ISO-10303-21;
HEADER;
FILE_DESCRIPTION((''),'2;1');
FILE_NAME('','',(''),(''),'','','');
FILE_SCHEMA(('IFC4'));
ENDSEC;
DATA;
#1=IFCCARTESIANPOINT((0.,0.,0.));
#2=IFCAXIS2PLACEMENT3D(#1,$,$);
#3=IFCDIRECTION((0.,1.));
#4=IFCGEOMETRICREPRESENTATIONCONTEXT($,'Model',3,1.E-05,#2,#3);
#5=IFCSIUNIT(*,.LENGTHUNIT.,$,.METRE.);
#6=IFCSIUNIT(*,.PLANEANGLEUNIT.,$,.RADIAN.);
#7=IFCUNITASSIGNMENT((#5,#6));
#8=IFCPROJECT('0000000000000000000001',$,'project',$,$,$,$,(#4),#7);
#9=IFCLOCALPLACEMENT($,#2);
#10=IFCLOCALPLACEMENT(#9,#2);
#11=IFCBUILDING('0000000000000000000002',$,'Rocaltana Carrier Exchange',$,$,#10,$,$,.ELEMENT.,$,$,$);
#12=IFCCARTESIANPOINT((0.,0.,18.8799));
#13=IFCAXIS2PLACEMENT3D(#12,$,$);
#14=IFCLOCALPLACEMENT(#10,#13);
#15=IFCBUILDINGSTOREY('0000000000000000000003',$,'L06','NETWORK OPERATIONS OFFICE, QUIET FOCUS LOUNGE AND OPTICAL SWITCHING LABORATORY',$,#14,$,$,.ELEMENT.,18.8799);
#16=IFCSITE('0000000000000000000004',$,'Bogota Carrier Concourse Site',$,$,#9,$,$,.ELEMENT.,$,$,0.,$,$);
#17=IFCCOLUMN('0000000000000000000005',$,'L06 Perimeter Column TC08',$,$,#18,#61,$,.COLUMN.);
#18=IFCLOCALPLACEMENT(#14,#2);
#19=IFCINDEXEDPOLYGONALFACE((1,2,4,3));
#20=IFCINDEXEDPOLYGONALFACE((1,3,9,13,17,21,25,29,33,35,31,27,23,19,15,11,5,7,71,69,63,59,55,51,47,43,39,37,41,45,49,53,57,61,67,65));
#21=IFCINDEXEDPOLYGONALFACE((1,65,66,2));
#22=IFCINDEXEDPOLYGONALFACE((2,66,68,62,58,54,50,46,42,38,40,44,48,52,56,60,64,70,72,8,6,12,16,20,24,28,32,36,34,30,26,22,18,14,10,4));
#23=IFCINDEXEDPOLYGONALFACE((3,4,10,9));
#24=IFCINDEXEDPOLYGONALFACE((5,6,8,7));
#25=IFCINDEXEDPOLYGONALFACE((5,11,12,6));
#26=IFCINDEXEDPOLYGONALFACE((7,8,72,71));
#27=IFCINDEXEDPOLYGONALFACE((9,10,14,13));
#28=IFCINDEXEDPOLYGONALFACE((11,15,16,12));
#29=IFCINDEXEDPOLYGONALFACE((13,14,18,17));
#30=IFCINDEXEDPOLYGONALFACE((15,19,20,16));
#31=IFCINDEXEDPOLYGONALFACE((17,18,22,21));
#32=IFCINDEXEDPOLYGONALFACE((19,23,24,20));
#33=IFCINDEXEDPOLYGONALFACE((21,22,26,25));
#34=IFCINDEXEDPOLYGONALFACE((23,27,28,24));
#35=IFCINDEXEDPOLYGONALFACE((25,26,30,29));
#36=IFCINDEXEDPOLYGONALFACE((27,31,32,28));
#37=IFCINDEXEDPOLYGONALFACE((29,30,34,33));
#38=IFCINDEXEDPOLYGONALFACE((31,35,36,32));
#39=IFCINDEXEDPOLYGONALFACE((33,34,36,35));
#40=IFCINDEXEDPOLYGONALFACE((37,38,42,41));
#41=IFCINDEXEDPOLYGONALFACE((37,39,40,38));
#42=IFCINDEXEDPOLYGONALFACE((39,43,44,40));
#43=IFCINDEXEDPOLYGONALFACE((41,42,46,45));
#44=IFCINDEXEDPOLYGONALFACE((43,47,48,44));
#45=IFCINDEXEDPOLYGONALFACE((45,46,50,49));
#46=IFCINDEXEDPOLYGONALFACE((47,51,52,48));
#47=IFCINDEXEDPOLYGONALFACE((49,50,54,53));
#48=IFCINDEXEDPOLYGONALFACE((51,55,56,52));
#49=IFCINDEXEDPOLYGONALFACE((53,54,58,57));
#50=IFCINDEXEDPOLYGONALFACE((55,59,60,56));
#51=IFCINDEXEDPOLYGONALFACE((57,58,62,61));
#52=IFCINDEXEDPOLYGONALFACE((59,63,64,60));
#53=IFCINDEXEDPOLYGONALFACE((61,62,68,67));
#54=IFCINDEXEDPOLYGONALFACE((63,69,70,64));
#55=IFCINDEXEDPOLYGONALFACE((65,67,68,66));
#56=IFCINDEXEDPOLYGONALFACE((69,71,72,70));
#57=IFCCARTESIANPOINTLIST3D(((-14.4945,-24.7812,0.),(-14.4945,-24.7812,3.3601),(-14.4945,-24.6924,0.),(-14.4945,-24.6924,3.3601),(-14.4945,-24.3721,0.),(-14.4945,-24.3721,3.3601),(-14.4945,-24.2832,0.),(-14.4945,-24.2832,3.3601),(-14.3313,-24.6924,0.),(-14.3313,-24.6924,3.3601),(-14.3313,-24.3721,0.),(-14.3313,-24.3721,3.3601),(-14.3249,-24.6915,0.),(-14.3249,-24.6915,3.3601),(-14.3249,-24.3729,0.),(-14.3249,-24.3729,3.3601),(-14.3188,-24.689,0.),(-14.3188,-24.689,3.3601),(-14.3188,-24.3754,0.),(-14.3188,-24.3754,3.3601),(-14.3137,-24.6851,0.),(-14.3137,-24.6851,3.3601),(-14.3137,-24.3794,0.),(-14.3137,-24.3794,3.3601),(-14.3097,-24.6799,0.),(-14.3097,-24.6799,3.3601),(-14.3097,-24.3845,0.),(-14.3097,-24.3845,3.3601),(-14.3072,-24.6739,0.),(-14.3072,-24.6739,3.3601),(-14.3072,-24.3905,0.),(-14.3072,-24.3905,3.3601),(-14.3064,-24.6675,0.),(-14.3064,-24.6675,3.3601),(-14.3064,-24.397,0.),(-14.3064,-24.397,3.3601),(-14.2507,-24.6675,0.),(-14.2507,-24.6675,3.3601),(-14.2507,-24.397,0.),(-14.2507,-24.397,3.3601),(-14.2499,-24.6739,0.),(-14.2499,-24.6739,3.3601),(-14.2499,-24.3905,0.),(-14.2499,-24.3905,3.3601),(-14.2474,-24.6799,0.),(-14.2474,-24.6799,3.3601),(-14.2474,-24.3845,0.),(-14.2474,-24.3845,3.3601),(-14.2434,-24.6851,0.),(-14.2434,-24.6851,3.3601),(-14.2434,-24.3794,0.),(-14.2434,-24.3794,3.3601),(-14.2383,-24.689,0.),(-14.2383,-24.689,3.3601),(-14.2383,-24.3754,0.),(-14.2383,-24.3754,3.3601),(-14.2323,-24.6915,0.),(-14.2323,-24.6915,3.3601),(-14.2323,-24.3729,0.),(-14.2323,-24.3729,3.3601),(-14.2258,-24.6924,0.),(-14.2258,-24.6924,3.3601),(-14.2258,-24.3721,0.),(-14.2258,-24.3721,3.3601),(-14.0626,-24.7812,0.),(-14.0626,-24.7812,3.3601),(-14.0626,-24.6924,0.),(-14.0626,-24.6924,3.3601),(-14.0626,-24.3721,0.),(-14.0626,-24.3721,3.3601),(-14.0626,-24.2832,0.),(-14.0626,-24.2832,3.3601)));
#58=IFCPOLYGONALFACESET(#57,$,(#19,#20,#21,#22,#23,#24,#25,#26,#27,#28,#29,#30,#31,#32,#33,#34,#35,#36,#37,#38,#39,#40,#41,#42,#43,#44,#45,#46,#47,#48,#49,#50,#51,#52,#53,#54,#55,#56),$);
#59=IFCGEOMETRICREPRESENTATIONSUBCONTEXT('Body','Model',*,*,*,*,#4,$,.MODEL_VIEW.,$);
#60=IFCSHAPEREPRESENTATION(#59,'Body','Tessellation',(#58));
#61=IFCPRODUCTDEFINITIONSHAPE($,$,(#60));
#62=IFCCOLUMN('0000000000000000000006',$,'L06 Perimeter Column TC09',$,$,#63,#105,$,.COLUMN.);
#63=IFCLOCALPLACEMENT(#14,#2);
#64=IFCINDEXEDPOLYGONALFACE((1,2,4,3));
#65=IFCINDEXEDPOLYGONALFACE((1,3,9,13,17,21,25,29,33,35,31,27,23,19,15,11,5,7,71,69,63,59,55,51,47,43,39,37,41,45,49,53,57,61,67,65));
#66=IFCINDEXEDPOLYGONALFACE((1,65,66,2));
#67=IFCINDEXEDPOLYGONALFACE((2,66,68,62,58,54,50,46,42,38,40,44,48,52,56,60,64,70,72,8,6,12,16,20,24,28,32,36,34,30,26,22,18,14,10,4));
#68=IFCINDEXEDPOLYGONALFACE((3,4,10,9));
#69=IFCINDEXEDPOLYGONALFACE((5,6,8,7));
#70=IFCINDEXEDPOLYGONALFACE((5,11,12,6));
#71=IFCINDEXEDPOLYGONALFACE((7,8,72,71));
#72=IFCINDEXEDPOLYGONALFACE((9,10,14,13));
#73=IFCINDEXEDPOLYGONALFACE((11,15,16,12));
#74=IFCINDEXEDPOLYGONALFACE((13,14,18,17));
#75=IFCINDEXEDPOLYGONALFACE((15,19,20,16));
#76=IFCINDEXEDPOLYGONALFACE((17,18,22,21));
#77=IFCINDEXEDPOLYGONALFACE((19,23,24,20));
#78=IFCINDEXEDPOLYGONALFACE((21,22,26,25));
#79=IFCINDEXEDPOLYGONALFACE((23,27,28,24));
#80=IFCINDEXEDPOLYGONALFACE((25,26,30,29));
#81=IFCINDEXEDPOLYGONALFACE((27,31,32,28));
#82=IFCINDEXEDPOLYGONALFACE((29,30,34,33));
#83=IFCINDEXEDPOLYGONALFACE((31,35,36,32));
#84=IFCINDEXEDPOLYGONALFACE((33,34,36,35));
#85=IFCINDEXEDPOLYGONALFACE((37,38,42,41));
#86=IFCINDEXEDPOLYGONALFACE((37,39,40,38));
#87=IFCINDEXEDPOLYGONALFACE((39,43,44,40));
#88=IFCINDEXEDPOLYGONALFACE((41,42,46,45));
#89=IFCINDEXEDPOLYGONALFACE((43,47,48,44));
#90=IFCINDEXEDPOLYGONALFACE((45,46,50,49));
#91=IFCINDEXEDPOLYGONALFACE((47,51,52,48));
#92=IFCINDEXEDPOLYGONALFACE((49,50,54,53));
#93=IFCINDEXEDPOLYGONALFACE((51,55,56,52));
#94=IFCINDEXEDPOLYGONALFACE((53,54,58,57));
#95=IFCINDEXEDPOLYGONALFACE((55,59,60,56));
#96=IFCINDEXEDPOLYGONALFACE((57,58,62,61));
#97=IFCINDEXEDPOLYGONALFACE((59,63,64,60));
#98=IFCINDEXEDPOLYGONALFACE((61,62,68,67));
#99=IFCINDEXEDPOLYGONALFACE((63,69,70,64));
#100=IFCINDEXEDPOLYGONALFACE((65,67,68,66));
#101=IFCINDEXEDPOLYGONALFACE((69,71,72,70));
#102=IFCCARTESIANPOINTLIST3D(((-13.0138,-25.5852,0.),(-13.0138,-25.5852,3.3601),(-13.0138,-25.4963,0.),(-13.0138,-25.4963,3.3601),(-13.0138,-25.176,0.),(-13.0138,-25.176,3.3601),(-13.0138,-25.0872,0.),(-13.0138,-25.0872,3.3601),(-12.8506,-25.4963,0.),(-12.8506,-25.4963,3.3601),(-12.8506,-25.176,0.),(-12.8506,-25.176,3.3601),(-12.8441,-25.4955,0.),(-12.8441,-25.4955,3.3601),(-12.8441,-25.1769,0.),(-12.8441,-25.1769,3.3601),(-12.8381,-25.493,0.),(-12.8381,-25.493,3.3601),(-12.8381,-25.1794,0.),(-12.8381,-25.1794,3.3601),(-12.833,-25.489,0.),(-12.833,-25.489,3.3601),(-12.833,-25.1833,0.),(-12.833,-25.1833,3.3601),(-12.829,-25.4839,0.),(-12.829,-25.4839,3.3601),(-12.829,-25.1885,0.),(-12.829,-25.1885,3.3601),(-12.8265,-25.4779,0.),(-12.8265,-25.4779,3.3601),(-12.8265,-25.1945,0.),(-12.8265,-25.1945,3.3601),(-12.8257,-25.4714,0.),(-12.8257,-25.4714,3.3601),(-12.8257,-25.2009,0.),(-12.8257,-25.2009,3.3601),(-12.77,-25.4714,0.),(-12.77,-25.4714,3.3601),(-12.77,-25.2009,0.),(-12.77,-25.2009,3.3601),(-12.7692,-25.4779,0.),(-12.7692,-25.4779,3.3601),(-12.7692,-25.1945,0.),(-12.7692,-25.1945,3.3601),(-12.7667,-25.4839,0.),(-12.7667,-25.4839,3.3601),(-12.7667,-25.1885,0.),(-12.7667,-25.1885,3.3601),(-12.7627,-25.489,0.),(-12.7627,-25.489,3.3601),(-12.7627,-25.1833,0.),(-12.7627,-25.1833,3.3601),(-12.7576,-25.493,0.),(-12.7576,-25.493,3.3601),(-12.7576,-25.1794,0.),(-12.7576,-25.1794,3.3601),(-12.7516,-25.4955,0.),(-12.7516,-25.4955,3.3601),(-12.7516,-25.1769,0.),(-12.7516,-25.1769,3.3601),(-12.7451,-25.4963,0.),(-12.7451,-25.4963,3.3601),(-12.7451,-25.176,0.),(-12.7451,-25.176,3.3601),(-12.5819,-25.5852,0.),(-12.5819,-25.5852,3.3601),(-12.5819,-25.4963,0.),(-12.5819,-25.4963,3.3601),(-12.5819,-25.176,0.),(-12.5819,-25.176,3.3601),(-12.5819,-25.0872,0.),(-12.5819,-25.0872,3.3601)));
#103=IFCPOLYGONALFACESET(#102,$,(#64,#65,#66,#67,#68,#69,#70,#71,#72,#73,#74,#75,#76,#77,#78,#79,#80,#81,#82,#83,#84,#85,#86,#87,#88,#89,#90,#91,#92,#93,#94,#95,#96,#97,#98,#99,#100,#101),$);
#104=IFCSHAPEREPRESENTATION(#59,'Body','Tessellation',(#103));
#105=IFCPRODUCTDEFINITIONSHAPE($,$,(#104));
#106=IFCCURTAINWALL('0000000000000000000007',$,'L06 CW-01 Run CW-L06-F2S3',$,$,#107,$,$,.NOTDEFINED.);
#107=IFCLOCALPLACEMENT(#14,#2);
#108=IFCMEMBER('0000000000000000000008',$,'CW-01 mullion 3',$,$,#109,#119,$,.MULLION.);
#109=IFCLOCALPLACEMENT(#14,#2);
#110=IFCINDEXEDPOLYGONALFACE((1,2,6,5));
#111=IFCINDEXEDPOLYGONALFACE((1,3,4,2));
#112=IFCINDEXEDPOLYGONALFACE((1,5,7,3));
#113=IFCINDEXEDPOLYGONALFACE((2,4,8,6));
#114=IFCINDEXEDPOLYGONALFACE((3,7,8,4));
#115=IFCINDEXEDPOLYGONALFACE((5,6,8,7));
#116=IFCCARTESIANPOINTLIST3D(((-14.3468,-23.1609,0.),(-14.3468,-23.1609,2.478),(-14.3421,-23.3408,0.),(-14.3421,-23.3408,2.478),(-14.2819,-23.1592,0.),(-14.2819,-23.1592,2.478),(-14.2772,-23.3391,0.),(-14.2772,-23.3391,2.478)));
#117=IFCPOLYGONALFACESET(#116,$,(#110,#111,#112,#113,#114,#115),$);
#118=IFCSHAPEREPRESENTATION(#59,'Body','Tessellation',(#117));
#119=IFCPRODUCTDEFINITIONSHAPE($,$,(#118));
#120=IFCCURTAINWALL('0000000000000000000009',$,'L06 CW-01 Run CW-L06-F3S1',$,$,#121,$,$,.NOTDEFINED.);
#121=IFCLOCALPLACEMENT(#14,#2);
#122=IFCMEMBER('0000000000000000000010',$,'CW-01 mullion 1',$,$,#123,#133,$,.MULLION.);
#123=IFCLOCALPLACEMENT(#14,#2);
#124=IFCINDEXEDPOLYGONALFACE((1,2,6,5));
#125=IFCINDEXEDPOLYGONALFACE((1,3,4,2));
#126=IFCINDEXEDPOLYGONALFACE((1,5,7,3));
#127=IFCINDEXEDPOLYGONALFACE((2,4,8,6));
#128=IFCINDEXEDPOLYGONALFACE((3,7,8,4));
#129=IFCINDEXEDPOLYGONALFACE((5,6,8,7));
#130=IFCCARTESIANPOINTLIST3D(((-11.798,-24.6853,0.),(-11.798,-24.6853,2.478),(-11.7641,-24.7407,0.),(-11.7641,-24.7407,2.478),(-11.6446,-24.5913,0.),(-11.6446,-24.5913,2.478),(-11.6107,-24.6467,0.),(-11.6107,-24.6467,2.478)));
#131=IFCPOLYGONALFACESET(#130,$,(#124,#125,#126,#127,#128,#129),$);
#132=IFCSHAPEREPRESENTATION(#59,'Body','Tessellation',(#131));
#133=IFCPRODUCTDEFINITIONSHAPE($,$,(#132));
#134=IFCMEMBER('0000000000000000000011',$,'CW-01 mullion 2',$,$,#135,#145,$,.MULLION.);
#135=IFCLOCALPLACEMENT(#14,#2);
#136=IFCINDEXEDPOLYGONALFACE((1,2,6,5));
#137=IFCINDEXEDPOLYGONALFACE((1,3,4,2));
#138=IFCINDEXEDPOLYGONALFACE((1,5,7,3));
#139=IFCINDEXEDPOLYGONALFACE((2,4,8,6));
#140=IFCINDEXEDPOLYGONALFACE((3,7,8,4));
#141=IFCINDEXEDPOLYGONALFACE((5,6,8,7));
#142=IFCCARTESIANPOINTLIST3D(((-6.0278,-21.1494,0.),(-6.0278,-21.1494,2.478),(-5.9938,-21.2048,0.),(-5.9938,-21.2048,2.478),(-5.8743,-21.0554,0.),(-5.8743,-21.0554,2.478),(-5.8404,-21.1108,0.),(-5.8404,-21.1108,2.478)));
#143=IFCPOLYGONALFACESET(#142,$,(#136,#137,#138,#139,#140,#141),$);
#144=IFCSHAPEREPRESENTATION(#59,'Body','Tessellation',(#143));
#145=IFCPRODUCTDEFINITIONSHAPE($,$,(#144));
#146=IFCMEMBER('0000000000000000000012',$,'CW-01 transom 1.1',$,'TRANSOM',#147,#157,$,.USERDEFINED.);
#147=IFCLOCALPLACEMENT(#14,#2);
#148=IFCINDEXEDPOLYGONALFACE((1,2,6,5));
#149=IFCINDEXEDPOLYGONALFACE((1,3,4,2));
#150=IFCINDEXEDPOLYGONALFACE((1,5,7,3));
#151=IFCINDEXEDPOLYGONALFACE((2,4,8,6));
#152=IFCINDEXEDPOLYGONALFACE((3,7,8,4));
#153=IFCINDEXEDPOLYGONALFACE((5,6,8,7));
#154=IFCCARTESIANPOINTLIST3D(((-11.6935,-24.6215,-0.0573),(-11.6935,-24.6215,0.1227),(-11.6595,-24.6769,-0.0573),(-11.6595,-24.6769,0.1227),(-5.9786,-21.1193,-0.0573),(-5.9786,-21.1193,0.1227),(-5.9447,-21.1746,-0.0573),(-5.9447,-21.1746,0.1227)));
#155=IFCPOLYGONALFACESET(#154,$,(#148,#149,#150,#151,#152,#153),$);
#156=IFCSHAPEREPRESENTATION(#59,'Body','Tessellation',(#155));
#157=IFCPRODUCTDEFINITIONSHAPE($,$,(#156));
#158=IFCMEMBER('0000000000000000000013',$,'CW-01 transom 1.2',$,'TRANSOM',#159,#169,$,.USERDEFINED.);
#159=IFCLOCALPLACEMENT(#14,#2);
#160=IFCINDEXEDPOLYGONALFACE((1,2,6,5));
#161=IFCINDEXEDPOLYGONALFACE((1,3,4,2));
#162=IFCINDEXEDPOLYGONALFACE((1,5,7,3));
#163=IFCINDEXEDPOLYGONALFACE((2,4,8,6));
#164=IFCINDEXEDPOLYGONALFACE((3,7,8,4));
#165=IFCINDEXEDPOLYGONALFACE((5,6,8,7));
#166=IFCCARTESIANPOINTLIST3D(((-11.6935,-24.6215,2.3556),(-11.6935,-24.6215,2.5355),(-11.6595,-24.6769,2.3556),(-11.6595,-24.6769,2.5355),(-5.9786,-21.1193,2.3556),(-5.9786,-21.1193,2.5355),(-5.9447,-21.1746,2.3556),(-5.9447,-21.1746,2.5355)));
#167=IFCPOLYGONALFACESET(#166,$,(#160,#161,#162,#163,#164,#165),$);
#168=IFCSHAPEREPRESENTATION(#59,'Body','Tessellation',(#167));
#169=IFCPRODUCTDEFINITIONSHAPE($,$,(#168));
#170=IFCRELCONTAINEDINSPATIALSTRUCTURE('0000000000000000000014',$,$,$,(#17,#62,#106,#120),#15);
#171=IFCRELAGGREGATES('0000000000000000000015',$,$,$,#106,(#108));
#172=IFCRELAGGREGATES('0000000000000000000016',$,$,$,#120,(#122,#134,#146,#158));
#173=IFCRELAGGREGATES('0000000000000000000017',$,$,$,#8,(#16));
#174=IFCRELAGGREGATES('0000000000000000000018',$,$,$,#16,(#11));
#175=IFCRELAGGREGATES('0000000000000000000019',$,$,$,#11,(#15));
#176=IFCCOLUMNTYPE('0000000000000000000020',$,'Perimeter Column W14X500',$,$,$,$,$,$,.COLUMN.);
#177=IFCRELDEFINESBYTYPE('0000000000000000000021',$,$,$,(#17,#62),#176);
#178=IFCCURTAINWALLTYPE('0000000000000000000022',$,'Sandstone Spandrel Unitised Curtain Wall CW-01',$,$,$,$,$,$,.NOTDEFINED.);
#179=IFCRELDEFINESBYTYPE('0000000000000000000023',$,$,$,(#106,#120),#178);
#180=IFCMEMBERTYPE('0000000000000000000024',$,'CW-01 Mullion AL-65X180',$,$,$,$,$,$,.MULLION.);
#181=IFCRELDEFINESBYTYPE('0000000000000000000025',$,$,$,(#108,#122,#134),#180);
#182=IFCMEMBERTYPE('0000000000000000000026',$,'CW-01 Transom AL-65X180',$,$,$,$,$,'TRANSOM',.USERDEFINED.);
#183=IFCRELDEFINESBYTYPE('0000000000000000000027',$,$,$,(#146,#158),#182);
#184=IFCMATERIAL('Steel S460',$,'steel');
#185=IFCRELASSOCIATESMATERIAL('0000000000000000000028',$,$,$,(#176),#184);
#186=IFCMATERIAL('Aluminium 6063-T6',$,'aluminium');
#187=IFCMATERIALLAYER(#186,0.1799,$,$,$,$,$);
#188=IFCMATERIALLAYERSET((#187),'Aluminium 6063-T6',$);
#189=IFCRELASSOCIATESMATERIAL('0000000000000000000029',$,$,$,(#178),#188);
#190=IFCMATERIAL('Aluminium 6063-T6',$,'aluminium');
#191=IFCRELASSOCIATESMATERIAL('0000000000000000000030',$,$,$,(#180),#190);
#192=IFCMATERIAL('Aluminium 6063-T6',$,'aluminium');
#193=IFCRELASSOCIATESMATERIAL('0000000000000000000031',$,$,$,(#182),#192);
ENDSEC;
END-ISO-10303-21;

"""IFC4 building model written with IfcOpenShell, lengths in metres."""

from ifc_helpers import new_model, si_unit, direction, frame, origin, origin_2d, place, context, subcontext, project, spatial, rectangle, i_section, extrude, material, layer, layer_set, material_profile, profile_set, type_object, element, aggregate, save


model = new_model("IFC4")

# Units and contexts
model_context = context("Model", 3, precision=1e-05, world=origin(), true_north=direction((0.0, 1.0)))
body_context = subcontext(model_context, "Body", "Model", "MODEL_VIEW")
ifc_project = project(units=[si_unit("LENGTHUNIT", "METRE"), si_unit("PLANEANGLEUNIT", "RADIAN")], contexts=[model_context])

# Site, building, storey
site_placement = place(None, origin())
site = spatial("IfcSite", under=ifc_project, at=site_placement, Name="Bogota Carrier Concourse Site", CompositionType="ELEMENT", RefElevation=0.0)
building_placement = place(site_placement, origin())
building = spatial("IfcBuilding", under=site, at=building_placement, Name="Rocaltana Carrier Exchange", CompositionType="ELEMENT")
storey_placement = place(building_placement, frame((0.0, 0.0, 18.8799)))
storey = spatial("IfcBuildingStorey", under=building, at=storey_placement, Name="L06", Description="NETWORK OPERATIONS OFFICE, QUIET FOCUS LOUNGE AND OPTICAL SWITCHING LABORATORY", CompositionType="ELEMENT", Elevation=18.8799)

# Columns
ifc_material_1 = material(Name="Steel S460", Category="steel")
ifc_material_profile_1 = material_profile(ifc_material_1, i_section(OverallWidth=0.4319, OverallDepth=0.498, WebThickness=0.0557, FlangeThickness=0.0889, FilletRadius=0.0249, at=origin_2d()), Name="W14X500")
ifc_profile_set_1 = profile_set([ifc_material_profile_1], Name="Steel S460")
column_type = type_object("IfcColumnType", Name="Perimeter Column W14X500", PredefinedType="COLUMN", material=ifc_profile_set_1)
for number, where, z_axis, x_axis, name in (
    (1, (-14.2786, -24.5322, 0.0), (0.0, 0.0, 1.0), (1.0, 0.0, 0.0), "L06 Perimeter Column TC08"),
    (2, (-12.7979, -25.3362, 0.0), (0.0, 0.0, 1.0), (1.0, 0.0, 0.0), "L06 Perimeter Column TC09"),
):
    element("IfcColumn", number, at=place(storey_placement, frame(where, z_axis=z_axis, x_axis=x_axis)), inside=storey, type_object=column_type, Name=name, PredefinedType="COLUMN", context=body_context, shape_type="SweptSolid", body=[
        extrude(i_section(OverallWidth=0.4319, OverallDepth=0.498, WebThickness=0.0557, FlangeThickness=0.0889, FilletRadius=0.0249, at=origin_2d()), origin(), (0.0, 0.0, 1.0), 3.3601),
    ])

# Curtain wall, member
ifc_material_2 = material(Name="Aluminium 6063-T6", Category="aluminium")
ifc_layer_1 = layer(ifc_material_2, 0.1799)
ifc_layer_set_1 = layer_set([ifc_layer_1], Name="Aluminium 6063-T6")
curtain_wall_type = type_object("IfcCurtainWallType", Name="Sandstone Spandrel Unitised Curtain Wall CW-01", PredefinedType="NOTDEFINED", material=ifc_layer_set_1)
curtain_wall_1_placement = place(storey_placement, origin())
curtain_wall_1 = element("IfcCurtainWall", 3, at=curtain_wall_1_placement, inside=storey, type_object=curtain_wall_type, Name="L06 CW-01 Run CW-L06-F2S3", PredefinedType="NOTDEFINED")
ifc_material_3 = material(Name="Aluminium 6063-T6", Category="aluminium")
ifc_material_profile_2 = material_profile(ifc_material_3, rectangle(XDim=0.0649, YDim=0.1799, at=origin_2d()), Name="AL-65X180")
ifc_profile_set_2 = profile_set([ifc_material_profile_2], Name="Aluminium 6063-T6")
member_type_1 = type_object("IfcMemberType", Name="CW-01 Mullion AL-65X180", PredefinedType="MULLION", material=ifc_profile_set_2)
member_1_placement = place(storey_placement, frame((-14.312, -23.25, 0.0), z_axis=(0.0, 0.0, 1.0), x_axis=(0.999657, 0.026184, 0.0)))
member_1 = element("IfcMember", 4, at=member_1_placement, type_object=member_type_1, Name="CW-01 mullion 3", PredefinedType="MULLION", context=body_context, shape_type="SweptSolid", body=[
    extrude(rectangle(XDim=0.0649, YDim=0.1799, at=origin_2d()), origin(), (0.0, 0.0, 1.0), 2.478),
])
aggregate(curtain_wall_1, [member_1])

# Curtain wall, members
curtain_wall_2_placement = place(storey_placement, origin())
curtain_wall_2 = element("IfcCurtainWall", 5, at=curtain_wall_2_placement, inside=storey, type_object=curtain_wall_type, Name="L06 CW-01 Run CW-L06-F3S1", PredefinedType="NOTDEFINED")
member_2_placement = place(storey_placement, frame((-11.7043, -24.666, 0.0), z_axis=(0.0, 0.0, 1.0), x_axis=(-0.522505, 0.852636, 0.0)))
member_2 = element("IfcMember", 6, at=member_2_placement, type_object=member_type_1, Name="CW-01 mullion 1", PredefinedType="MULLION", context=body_context, shape_type="SweptSolid", body=[
    extrude(rectangle(XDim=0.0649, YDim=0.1799, at=origin_2d()), origin(), (0.0, 0.0, 1.0), 2.478),
])
member_3_placement = place(storey_placement, frame((-5.9341, -21.1301, 0.0), z_axis=(0.0, 0.0, 1.0), x_axis=(-0.522505, 0.852636, 0.0)))
member_3 = element("IfcMember", 7, at=member_3_placement, type_object=member_type_1, Name="CW-01 mullion 2", PredefinedType="MULLION", context=body_context, shape_type="SweptSolid", body=[
    extrude(rectangle(XDim=0.0649, YDim=0.1799, at=origin_2d()), origin(), (0.0, 0.0, 1.0), 2.478),
])
ifc_material_4 = material(Name="Aluminium 6063-T6", Category="aluminium")
ifc_material_profile_3 = material_profile(ifc_material_4, rectangle(XDim=0.0649, YDim=0.1799, at=origin_2d()), Name="AL-65X180")
ifc_profile_set_3 = profile_set([ifc_material_profile_3], Name="Aluminium 6063-T6")
member_type_2 = type_object("IfcMemberType", Name="CW-01 Transom AL-65X180", ElementType="TRANSOM", PredefinedType="USERDEFINED", material=ifc_profile_set_3)
member_4_placement = place(storey_placement, frame((-11.6765, -24.6492, 0.0327), z_axis=(0.852631, 0.522513, 0.0), x_axis=(-0.522513, 0.852631, 0.0)))
member_4 = element("IfcMember", 8, at=member_4_placement, type_object=member_type_2, Name="CW-01 transom 1.1", ObjectType="TRANSOM", PredefinedType="USERDEFINED", context=body_context, shape_type="SweptSolid", body=[
    extrude(rectangle(XDim=0.0649, YDim=0.1799, at=origin_2d()), origin(), (0.0, 0.0, 1.0), 6.7026),
])
member_5_placement = place(storey_placement, frame((-11.6765, -24.6492, 2.4456), z_axis=(0.852631, 0.522513, 0.0), x_axis=(-0.522513, 0.852631, 0.0)))
member_5 = element("IfcMember", 9, at=member_5_placement, type_object=member_type_2, Name="CW-01 transom 1.2", ObjectType="TRANSOM", PredefinedType="USERDEFINED", context=body_context, shape_type="SweptSolid", body=[
    extrude(rectangle(XDim=0.0649, YDim=0.1799, at=origin_2d()), origin(), (0.0, 0.0, 1.0), 6.7026),
])

aggregate(curtain_wall_2, [member_2, member_3, member_4, member_5])

save(model, "model.ifc")
